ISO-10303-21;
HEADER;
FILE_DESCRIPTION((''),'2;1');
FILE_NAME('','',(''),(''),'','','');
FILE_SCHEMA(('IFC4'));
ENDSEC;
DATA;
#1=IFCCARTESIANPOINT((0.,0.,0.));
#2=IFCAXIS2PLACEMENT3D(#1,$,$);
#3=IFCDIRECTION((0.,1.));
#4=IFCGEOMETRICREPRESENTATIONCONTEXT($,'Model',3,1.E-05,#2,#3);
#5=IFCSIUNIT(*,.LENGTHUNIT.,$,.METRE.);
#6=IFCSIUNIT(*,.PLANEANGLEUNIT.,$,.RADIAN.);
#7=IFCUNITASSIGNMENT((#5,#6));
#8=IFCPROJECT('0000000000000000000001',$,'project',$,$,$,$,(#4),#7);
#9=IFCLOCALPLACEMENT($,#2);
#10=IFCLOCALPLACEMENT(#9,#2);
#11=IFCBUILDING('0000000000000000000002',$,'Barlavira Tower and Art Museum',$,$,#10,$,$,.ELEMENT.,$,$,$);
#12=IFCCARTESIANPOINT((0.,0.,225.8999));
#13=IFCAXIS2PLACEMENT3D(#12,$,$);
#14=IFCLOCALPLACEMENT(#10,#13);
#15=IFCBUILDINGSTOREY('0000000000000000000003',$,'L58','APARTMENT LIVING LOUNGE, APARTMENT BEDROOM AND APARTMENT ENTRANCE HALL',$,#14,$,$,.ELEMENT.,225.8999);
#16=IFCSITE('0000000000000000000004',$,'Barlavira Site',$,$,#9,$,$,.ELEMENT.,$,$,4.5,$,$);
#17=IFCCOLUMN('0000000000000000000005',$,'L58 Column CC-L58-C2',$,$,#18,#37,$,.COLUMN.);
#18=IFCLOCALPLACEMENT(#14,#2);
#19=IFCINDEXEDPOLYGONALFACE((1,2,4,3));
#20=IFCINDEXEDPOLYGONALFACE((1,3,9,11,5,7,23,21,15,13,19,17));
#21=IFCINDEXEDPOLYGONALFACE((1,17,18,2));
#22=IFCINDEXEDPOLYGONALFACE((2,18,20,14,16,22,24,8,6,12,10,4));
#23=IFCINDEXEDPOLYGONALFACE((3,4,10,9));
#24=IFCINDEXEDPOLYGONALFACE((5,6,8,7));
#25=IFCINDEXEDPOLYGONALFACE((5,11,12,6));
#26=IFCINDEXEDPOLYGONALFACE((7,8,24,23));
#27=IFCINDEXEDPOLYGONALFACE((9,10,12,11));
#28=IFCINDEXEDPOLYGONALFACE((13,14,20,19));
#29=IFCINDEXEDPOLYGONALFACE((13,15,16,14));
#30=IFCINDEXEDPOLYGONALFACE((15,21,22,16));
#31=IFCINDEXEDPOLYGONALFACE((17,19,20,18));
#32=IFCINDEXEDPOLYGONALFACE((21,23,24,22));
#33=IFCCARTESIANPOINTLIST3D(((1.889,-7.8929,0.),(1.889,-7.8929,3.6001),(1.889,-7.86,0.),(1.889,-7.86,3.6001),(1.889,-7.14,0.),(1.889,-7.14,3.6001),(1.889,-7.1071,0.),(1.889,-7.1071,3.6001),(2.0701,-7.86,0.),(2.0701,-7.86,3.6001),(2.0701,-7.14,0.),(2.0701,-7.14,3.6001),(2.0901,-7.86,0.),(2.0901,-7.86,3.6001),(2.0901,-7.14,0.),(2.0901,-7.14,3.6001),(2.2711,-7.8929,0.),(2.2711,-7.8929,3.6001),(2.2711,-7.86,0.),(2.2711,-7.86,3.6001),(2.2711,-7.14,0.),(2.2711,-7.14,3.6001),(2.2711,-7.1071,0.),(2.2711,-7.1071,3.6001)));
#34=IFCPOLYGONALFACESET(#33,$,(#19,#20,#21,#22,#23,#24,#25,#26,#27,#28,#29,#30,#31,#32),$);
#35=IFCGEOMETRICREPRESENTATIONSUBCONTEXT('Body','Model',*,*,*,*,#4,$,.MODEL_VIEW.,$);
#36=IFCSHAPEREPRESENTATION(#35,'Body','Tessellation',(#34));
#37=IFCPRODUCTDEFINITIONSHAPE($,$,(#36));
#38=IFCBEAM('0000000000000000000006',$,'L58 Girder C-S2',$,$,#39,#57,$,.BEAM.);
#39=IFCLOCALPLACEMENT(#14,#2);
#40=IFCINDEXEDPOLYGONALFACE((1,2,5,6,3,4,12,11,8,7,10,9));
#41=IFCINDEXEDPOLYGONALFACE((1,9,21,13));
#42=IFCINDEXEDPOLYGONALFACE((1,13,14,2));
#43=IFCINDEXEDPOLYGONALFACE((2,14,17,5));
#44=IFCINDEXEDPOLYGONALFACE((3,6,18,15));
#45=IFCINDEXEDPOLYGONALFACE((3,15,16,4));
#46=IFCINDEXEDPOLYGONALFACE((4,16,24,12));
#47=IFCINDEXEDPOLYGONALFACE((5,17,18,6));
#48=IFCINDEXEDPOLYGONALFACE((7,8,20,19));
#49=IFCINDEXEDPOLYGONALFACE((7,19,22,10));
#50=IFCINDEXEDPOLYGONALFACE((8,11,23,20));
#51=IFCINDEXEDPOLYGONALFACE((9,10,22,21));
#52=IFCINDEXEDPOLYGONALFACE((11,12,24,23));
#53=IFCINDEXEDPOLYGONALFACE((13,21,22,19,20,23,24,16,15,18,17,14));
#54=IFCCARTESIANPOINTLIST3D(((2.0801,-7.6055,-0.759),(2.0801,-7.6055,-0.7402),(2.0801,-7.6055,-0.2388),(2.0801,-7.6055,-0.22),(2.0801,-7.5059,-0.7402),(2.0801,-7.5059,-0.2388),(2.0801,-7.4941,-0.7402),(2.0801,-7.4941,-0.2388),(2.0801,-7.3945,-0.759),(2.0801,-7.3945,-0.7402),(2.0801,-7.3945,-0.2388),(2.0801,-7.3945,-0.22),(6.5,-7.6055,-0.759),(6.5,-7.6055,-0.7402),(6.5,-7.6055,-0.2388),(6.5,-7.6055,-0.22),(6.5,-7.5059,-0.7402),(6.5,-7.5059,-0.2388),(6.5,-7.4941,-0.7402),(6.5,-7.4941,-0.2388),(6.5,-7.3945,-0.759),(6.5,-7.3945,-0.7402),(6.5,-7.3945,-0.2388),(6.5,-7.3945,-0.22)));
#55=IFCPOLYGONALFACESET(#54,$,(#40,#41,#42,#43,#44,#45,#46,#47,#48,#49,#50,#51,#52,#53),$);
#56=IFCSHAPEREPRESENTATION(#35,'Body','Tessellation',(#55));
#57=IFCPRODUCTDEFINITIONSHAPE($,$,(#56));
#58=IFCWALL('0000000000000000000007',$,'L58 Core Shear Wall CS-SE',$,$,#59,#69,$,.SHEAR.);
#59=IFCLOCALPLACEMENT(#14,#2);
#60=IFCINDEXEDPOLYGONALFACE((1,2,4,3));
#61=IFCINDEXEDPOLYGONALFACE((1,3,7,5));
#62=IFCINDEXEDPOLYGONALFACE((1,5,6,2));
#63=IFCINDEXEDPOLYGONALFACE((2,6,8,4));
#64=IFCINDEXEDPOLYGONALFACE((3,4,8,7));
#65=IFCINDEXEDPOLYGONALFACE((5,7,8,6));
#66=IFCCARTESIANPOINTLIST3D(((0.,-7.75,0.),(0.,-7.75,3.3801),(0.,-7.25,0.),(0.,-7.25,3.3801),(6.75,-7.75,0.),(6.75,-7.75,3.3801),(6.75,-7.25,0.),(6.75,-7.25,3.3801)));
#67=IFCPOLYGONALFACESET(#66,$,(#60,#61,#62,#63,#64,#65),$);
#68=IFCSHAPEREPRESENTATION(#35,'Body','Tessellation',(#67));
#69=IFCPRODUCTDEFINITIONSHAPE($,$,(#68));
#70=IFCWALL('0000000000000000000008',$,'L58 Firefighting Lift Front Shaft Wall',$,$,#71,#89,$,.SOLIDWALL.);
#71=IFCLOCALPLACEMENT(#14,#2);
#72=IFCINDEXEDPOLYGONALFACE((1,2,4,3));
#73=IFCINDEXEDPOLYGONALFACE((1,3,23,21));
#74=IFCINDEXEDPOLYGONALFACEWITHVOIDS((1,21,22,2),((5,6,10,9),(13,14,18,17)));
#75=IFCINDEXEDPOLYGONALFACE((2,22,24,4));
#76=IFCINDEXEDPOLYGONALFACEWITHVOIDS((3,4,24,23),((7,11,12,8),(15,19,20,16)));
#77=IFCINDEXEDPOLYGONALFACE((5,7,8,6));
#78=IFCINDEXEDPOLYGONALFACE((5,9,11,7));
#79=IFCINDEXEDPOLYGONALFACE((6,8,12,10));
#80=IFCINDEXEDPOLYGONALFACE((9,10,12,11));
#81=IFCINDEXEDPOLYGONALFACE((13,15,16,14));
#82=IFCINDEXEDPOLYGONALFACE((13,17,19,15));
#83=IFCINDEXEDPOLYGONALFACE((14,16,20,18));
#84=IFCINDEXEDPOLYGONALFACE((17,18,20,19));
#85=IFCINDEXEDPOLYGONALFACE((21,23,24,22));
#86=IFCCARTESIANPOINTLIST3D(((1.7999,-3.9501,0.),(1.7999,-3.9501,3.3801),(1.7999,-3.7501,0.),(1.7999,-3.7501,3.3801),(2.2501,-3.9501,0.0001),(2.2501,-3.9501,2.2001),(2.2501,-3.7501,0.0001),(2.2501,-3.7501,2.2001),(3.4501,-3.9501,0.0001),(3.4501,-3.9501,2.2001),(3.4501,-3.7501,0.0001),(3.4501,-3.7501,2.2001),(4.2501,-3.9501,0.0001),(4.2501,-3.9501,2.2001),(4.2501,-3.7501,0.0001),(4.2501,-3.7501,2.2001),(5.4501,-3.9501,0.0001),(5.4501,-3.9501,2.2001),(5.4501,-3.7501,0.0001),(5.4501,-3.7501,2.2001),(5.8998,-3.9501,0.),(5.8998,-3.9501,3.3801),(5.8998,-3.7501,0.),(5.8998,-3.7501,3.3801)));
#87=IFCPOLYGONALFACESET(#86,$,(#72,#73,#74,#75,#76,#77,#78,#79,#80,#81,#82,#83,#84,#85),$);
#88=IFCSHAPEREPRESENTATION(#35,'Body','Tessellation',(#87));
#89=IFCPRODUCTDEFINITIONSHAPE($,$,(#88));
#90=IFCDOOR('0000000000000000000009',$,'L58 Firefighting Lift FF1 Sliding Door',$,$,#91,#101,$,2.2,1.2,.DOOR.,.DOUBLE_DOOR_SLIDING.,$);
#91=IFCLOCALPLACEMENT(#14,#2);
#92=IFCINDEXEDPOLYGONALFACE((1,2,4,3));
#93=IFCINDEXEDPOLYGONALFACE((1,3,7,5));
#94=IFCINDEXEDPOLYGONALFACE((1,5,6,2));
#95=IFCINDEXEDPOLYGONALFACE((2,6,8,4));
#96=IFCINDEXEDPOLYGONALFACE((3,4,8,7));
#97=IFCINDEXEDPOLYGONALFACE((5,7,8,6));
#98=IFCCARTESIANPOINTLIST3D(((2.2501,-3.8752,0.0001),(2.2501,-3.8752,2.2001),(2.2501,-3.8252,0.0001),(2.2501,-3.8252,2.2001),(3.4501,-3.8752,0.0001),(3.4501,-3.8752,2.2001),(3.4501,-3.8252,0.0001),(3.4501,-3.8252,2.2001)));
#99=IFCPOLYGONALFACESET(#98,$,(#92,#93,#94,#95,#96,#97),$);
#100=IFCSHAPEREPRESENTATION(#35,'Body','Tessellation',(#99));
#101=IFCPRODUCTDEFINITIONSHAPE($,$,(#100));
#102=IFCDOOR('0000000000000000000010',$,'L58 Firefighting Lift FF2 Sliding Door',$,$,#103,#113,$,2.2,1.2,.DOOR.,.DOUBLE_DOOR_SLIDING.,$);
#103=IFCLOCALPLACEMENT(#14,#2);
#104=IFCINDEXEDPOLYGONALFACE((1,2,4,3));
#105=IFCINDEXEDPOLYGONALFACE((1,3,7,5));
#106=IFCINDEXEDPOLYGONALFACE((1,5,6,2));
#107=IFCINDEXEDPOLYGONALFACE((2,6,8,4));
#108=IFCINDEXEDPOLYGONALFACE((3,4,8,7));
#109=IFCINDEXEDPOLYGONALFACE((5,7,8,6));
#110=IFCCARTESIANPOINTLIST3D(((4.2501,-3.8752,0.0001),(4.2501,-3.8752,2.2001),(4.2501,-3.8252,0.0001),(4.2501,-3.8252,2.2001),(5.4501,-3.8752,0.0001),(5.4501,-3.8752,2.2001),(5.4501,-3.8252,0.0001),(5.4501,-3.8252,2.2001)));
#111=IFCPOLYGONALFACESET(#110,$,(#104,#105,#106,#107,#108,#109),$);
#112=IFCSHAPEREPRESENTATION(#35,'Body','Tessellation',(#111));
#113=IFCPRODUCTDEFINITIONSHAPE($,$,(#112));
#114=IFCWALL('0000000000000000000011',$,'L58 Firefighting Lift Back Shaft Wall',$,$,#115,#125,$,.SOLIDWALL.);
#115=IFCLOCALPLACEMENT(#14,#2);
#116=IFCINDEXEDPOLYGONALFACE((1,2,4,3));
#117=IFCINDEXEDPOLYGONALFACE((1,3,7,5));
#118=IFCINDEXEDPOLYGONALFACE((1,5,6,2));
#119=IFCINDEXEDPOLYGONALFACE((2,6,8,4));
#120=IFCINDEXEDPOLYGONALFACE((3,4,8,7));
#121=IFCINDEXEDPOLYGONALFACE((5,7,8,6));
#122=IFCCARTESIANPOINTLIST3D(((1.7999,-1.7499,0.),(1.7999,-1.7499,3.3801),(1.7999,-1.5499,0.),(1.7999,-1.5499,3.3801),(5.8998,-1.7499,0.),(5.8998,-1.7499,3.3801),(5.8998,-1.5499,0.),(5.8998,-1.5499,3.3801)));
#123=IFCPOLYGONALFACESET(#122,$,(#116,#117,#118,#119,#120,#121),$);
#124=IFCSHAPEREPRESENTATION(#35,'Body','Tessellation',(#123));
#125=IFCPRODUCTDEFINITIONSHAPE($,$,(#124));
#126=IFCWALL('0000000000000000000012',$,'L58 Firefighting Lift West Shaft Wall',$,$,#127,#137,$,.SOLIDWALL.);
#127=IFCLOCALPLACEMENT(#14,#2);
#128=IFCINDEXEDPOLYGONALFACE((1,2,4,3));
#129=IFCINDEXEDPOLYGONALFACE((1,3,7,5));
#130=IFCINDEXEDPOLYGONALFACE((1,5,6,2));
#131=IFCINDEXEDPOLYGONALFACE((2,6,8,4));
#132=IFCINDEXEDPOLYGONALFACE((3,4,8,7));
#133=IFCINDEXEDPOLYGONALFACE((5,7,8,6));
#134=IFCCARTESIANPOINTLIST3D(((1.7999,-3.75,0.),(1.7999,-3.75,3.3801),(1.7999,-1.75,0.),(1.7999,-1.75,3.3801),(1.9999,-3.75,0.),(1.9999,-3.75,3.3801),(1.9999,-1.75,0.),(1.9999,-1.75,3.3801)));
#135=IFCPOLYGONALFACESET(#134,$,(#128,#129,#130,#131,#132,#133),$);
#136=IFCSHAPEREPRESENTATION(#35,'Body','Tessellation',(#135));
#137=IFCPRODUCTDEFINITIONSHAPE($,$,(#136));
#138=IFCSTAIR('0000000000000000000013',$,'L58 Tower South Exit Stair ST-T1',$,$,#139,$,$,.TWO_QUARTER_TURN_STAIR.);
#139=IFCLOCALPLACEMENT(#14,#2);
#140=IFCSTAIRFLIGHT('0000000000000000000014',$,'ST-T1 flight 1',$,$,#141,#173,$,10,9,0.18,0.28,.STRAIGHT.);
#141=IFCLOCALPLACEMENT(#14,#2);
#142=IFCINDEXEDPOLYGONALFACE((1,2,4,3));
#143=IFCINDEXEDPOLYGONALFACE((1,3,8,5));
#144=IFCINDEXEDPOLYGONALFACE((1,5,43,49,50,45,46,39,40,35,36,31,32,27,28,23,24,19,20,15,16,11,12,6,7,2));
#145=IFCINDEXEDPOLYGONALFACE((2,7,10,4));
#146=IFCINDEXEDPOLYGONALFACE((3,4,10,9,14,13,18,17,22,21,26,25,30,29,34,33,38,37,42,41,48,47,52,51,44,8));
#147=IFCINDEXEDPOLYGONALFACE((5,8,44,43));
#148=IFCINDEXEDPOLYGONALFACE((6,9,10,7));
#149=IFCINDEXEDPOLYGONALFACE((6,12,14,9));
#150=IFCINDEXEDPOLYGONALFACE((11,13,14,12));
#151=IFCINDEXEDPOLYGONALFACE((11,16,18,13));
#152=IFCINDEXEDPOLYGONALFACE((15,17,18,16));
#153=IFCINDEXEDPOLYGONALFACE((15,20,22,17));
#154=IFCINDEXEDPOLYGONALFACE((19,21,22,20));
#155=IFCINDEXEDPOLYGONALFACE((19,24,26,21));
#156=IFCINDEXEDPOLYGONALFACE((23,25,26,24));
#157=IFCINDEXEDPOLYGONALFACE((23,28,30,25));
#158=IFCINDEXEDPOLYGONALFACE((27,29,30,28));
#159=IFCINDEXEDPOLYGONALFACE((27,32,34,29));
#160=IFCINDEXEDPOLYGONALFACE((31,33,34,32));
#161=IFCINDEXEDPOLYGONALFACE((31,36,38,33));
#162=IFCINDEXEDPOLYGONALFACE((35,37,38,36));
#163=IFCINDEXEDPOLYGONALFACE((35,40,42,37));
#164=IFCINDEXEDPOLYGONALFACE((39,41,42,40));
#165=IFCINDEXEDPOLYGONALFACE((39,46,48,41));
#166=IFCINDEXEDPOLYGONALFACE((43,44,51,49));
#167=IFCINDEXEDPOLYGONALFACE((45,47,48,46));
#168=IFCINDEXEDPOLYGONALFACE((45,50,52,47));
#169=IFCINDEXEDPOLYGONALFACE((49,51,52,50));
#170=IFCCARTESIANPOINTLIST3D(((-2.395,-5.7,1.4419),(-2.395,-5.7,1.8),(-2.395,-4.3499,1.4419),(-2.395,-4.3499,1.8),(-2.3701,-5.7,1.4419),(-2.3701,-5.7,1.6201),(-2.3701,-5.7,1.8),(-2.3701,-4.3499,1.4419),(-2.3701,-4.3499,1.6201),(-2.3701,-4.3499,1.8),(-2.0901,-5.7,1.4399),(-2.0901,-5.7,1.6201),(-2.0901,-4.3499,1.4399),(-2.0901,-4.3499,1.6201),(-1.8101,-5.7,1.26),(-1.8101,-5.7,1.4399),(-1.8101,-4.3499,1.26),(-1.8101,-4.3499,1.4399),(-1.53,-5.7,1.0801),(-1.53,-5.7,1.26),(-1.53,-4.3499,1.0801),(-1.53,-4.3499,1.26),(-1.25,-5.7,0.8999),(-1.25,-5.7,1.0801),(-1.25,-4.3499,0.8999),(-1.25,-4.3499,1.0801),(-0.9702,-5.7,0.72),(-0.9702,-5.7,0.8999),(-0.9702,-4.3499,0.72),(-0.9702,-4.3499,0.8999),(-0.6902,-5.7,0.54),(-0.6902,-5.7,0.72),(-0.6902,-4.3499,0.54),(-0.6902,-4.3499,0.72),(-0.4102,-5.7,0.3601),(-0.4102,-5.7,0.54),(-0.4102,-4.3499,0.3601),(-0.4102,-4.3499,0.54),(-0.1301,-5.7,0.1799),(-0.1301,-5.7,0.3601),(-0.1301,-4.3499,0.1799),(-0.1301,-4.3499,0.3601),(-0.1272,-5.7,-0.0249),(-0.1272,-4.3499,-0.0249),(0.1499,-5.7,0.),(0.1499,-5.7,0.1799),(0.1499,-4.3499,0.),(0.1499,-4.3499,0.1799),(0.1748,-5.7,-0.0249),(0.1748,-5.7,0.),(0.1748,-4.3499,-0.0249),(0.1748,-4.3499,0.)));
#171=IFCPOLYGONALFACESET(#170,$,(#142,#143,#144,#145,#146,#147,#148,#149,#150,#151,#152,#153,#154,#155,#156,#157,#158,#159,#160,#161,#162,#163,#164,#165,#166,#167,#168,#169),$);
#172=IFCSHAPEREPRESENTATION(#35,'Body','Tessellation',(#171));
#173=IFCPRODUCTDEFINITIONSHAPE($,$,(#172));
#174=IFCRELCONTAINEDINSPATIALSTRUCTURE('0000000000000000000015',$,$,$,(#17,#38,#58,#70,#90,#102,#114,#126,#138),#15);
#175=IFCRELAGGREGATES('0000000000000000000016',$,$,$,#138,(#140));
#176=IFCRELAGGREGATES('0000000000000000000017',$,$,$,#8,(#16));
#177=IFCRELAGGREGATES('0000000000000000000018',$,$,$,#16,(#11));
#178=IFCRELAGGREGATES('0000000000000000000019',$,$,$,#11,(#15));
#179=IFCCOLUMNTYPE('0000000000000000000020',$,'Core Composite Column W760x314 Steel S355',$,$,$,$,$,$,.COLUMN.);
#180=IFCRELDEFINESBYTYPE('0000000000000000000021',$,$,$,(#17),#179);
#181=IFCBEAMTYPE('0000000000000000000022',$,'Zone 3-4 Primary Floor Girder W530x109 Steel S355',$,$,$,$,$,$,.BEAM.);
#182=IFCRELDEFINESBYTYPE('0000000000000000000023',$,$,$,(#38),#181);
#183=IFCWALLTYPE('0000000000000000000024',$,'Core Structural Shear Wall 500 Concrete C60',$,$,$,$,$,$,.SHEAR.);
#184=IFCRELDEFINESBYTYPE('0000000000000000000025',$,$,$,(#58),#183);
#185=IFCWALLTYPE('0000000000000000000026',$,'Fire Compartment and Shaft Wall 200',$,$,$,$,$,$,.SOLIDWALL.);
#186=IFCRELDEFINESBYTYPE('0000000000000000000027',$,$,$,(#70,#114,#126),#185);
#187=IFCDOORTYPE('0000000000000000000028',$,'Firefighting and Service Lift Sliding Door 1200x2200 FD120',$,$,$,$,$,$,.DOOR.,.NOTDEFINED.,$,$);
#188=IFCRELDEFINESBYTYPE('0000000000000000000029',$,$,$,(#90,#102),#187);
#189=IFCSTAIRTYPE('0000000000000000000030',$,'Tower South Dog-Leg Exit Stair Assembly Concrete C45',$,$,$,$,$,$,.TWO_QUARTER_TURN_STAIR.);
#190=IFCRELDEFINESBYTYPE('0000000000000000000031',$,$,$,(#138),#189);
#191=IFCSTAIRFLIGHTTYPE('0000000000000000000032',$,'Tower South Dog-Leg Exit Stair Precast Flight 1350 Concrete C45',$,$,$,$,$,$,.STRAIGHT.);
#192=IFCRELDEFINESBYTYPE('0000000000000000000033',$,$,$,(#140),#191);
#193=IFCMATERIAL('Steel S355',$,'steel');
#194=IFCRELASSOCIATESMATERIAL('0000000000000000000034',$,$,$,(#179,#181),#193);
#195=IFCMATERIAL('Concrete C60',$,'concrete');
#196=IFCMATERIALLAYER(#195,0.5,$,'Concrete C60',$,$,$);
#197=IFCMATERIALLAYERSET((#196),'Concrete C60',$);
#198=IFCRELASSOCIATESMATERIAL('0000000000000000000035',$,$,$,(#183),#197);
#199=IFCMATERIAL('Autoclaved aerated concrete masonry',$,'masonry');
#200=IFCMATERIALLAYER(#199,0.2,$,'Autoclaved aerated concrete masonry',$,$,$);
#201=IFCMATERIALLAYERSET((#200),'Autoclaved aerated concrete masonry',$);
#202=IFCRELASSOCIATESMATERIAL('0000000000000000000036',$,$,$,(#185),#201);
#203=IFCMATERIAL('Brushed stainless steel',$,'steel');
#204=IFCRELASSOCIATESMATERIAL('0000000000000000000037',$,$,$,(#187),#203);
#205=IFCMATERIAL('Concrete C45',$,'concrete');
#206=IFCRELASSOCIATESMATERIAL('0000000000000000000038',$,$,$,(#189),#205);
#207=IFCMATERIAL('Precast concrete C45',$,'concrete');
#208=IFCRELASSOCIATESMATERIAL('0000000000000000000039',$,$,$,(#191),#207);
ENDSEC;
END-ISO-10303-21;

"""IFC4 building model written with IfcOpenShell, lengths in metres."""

from ifc_helpers import new_model, si_unit, direction, frame, frame_2d, origin, origin_2d, place, context, subcontext, project, spatial, polyline, rectangle, i_section, outline, extrude, material, layer, layer_set, material_profile, profile_set, type_object, element, fill, aggregate, save


model = new_model("IFC4")

# Units and contexts
model_context = context("Model", 3, precision=1e-05, world=origin(), true_north=direction((0.0, 1.0)))
body_context = subcontext(model_context, "Body", "Model", "MODEL_VIEW")
ifc_project = project(units=[si_unit("LENGTHUNIT", "METRE"), si_unit("PLANEANGLEUNIT", "RADIAN")], contexts=[model_context])

# Site, building, storey
site_placement = place(None, origin())
site = spatial("IfcSite", under=ifc_project, at=site_placement, Name="Barlavira Site", CompositionType="ELEMENT", RefElevation=4.5)
building_placement = place(site_placement, origin())
building = spatial("IfcBuilding", under=site, at=building_placement, Name="Barlavira Tower and Art Museum", CompositionType="ELEMENT")
storey_placement = place(building_placement, frame((0.0, 0.0, 225.8999)))
storey = spatial("IfcBuildingStorey", under=building, at=storey_placement, Name="L58", Description="APARTMENT LIVING LOUNGE, APARTMENT BEDROOM AND APARTMENT ENTRANCE HALL", CompositionType="ELEMENT", Elevation=225.8999)

# Column
ifc_material_1 = material(Name="Steel S355", Category="steel")
ifc_material_profile_1 = material_profile(ifc_material_1, i_section(OverallWidth=0.3821, OverallDepth=0.7859, WebThickness=0.02, FlangeThickness=0.033, at=origin_2d()), Name="W760x314.0")
ifc_profile_set_1 = profile_set([ifc_material_profile_1], Name="Steel S355")
column_type = type_object("IfcColumnType", Name="Core Composite Column W760x314 Steel S355", PredefinedType="COLUMN", material=ifc_profile_set_1)
column_placement = place(storey_placement, frame((2.0801, -7.5, 0.0), z_axis=(0.0, 0.0, 1.0), x_axis=(1.0, 0.0, 0.0)))
element("IfcColumn", 1, at=column_placement, inside=storey, type_object=column_type, Name="L58 Column CC-L58-C2", PredefinedType="COLUMN", context=body_context, shape_type="SweptSolid", body=[
    extrude(i_section(OverallWidth=0.3821, OverallDepth=0.7859, WebThickness=0.02, FlangeThickness=0.033, at=origin_2d()), origin(), (0.0, 0.0, 1.0), 3.6001),
])

# Beam
ifc_material_profile_2 = material_profile(ifc_material_1, i_section(OverallWidth=0.2109, OverallDepth=0.5391, WebThickness=0.0117, FlangeThickness=0.0188, at=origin_2d()), Name="W530x109.0")
ifc_profile_set_2 = profile_set([ifc_material_profile_2], Name="Steel S355")
beam_type = type_object("IfcBeamType", Name="Zone 3-4 Primary Floor Girder W530x109 Steel S355", PredefinedType="BEAM", material=ifc_profile_set_2)
beam_placement = place(storey_placement, frame((2.0801, -7.5, -0.4895), z_axis=(1.0, 0.0, 0.0), x_axis=(0.0, 1.0, 0.0)))
element("IfcBeam", 2, at=beam_placement, inside=storey, type_object=beam_type, Name="L58 Girder C-S2", PredefinedType="BEAM", context=body_context, shape_type="SweptSolid", body=[
    extrude(i_section(OverallWidth=0.2109, OverallDepth=0.5391, WebThickness=0.0117, FlangeThickness=0.0188, at=origin_2d()), origin(), (0.0, 0.0, 1.0), 4.4199),
])

# Wall
ifc_material_2 = material(Name="Concrete C60", Category="concrete")
ifc_layer_1 = layer(ifc_material_2, 0.5, Name="Concrete C60")
ifc_layer_set_1 = layer_set([ifc_layer_1], Name="Concrete C60")
wall_type_1 = type_object("IfcWallType", Name="Core Structural Shear Wall 500 Concrete C60", PredefinedType="SHEAR", material=ifc_layer_set_1)
wall_1_placement = place(storey_placement, frame((0.0, -7.5, 0.0), z_axis=(0.0, 0.0, 1.0), x_axis=(1.0, 0.0, 0.0)))
element("IfcWall", 3, at=wall_1_placement, inside=storey, type_object=wall_type_1, Name="L58 Core Shear Wall CS-SE", PredefinedType="SHEAR", context=body_context, shape_type="SweptSolid", body=[
    extrude(rectangle(XDim=6.75, YDim=0.5, at=frame_2d((3.375, 0.0))), origin(), (0.0, 0.0, 1.0), 3.3801),
])

# Wall, openings, doors
ifc_material_3 = material(Name="Autoclaved aerated concrete masonry", Category="masonry")
ifc_layer_2 = layer(ifc_material_3, 0.2, Name="Autoclaved aerated concrete masonry")
ifc_layer_set_2 = layer_set([ifc_layer_2], Name="Autoclaved aerated concrete masonry")
wall_type_2 = type_object("IfcWallType", Name="Fire Compartment and Shaft Wall 200", PredefinedType="SOLIDWALL", material=ifc_layer_set_2)
wall_2_placement = place(storey_placement, frame((1.8, -3.8501, 0.0), z_axis=(0.0, 0.0, 1.0), x_axis=(1.0, 0.0, 0.0)))
wall_2 = element("IfcWall", 4, at=wall_2_placement, inside=storey, type_object=wall_type_2, Name="L58 Firefighting Lift Front Shaft Wall", PredefinedType="SOLIDWALL", context=body_context, shape_type="SweptSolid", body=[
    extrude(rectangle(XDim=4.0999, YDim=0.2, at=frame_2d((2.0498, 0.0))), origin(), (0.0, 0.0, 1.0), 3.3801),
])
opening_1_placement = place(wall_2_placement, frame((0.45, 0.0, 0.0)))
opening_1 = element("IfcOpeningElement", 5, at=opening_1_placement, cuts=wall_2, PredefinedType="OPENING", context=body_context, shape_type="SweptSolid", body=[
    extrude(rectangle(XDim=1.2, YDim=2.2, at=frame_2d((0.6001, 1.1001))), frame((0.0, 0.1099, 0.0), z_axis=(0.0, -1.0, 0.0), x_axis=(1.0, 0.0, 0.0)), (0.0, 0.0, 1.0), 0.22),
])
opening_2_placement = place(wall_2_placement, frame((2.45, 0.0, 0.0)))
opening_2 = element("IfcOpeningElement", 6, at=opening_2_placement, cuts=wall_2, PredefinedType="OPENING", context=body_context, shape_type="SweptSolid", body=[
    extrude(rectangle(XDim=1.2, YDim=2.2, at=frame_2d((0.6001, 1.1001))), frame((0.0, 0.1099, 0.0), z_axis=(0.0, -1.0, 0.0), x_axis=(1.0, 0.0, 0.0)), (0.0, 0.0, 1.0), 0.22),
])
ifc_material_4 = material(Name="Brushed stainless steel", Category="steel")
door_type_1 = type_object("IfcDoorType", Name="Firefighting and Service Lift Sliding Door 1200x2200 FD120", OperationType="NOTDEFINED", PredefinedType="DOOR", material=ifc_material_4)
door_1_placement = place(opening_1_placement, origin())
door_1 = element("IfcDoor", 7, at=door_1_placement, inside=storey, type_object=door_type_1, Name="L58 Firefighting Lift FF1 Sliding Door", OperationType="DOUBLE_DOOR_SLIDING", OverallHeight=2.2, OverallWidth=1.2, PredefinedType="DOOR", context=body_context, shape_type="SweptSolid", body=[
    extrude(rectangle(XDim=1.2, YDim=2.2, at=frame_2d((0.6001, 1.1001))), frame((0.0, 0.0249, 0.0), z_axis=(0.0, -1.0, 0.0), x_axis=(1.0, 0.0, 0.0)), (0.0, 0.0, 1.0), 0.05),
])
fill(opening_1, door_1)
door_2_placement = place(opening_2_placement, origin())
door_2 = element("IfcDoor", 8, at=door_2_placement, inside=storey, type_object=door_type_1, Name="L58 Firefighting Lift FF2 Sliding Door", OperationType="DOUBLE_DOOR_SLIDING", OverallHeight=2.2, OverallWidth=1.2, PredefinedType="DOOR", context=body_context, shape_type="SweptSolid", body=[
    extrude(rectangle(XDim=1.2, YDim=2.2, at=frame_2d((0.6001, 1.1001))), frame((0.0, 0.0249, 0.0), z_axis=(0.0, -1.0, 0.0), x_axis=(1.0, 0.0, 0.0)), (0.0, 0.0, 1.0), 0.05),
])
fill(opening_2, door_2)

# Walls
wall_3_placement = place(storey_placement, frame((1.8, -1.6499, 0.0), z_axis=(0.0, 0.0, 1.0), x_axis=(1.0, 0.0, 0.0)))
element("IfcWall", 9, at=wall_3_placement, inside=storey, type_object=wall_type_2, Name="L58 Firefighting Lift Back Shaft Wall", PredefinedType="SOLIDWALL", context=body_context, shape_type="SweptSolid", body=[
    extrude(rectangle(XDim=4.0999, YDim=0.2, at=frame_2d((2.0498, 0.0))), origin(), (0.0, 0.0, 1.0), 3.3801),
])
wall_4_placement = place(storey_placement, frame((1.8999, -3.75, 0.0), z_axis=(0.0, 0.0, 1.0), x_axis=(0.0, 1.0, 0.0)))
element("IfcWall", 10, at=wall_4_placement, inside=storey, type_object=wall_type_2, Name="L58 Firefighting Lift West Shaft Wall", PredefinedType="SOLIDWALL", context=body_context, shape_type="SweptSolid", body=[
    extrude(rectangle(XDim=2.0, YDim=0.2, at=frame_2d((1.0, 0.0))), origin(), (0.0, 0.0, 1.0), 3.3801),
])

# Stair, stair flight
ifc_material_5 = material(Name="Concrete C45", Category="concrete")
stair_type = type_object("IfcStairType", Name="Tower South Dog-Leg Exit Stair Assembly Concrete C45", PredefinedType="TWO_QUARTER_TURN_STAIR", material=ifc_material_5)
stair_placement = place(storey_placement, origin())
stair = element("IfcStair", 11, at=stair_placement, inside=storey, type_object=stair_type, Name="L58 Tower South Exit Stair ST-T1", PredefinedType="TWO_QUARTER_TURN_STAIR")
ifc_material_6 = material(Name="Precast concrete C45", Category="concrete")
stair_flight_type = type_object("IfcStairFlightType", Name="Tower South Dog-Leg Exit Stair Precast Flight 1350 Concrete C45", PredefinedType="STRAIGHT", material=ifc_material_6)
stair_flight_placement = place(storey_placement, frame((0.1499, -5.0249, 0.0), z_axis=(0.0, 0.0, 1.0), x_axis=(-1.0, 0.0, 0.0)))
stair_flight = element("IfcStairFlight", 12, at=stair_flight_placement, type_object=stair_flight_type, Name="ST-T1 flight 1", NumberOfRisers=10, NumberOfTreads=9, PredefinedType="STRAIGHT", RiserHeight=0.18, TreadLength=0.28, context=body_context, shape_type="SweptSolid", body=[
    extrude(outline(polyline([(-0.0249, 0.0), (0.0, 0.0), (0.0, 0.1799), (0.28, 0.1799), (0.28, 0.3601), (0.5601, 0.3601), (0.5601, 0.54), (0.8401, 0.54), (0.8401, 0.72), (1.1201, 0.72), (1.1201, 0.8999), (1.3999, 0.8999), (1.3999, 1.0801), (1.6799, 1.0801), (1.6799, 1.26), (1.96, 1.26), (1.96, 1.4399), (2.24, 1.4399), (2.24, 1.6201), (2.52, 1.6201), (2.52, 1.8), (2.5449, 1.8), (2.5449, 1.4419), (2.52, 1.4419), (0.2771, -0.0249), (-0.0249, -0.0249), (-0.0249, 0.0)])), frame((0.0, 0.675, 0.0), z_axis=(0.0, -1.0, 0.0), x_axis=(1.0, 0.0, 0.0)), (0.0, 0.0, 1.0), 1.3501),
])
aggregate(stair, [stair_flight])

save(model, "model.ifc")
